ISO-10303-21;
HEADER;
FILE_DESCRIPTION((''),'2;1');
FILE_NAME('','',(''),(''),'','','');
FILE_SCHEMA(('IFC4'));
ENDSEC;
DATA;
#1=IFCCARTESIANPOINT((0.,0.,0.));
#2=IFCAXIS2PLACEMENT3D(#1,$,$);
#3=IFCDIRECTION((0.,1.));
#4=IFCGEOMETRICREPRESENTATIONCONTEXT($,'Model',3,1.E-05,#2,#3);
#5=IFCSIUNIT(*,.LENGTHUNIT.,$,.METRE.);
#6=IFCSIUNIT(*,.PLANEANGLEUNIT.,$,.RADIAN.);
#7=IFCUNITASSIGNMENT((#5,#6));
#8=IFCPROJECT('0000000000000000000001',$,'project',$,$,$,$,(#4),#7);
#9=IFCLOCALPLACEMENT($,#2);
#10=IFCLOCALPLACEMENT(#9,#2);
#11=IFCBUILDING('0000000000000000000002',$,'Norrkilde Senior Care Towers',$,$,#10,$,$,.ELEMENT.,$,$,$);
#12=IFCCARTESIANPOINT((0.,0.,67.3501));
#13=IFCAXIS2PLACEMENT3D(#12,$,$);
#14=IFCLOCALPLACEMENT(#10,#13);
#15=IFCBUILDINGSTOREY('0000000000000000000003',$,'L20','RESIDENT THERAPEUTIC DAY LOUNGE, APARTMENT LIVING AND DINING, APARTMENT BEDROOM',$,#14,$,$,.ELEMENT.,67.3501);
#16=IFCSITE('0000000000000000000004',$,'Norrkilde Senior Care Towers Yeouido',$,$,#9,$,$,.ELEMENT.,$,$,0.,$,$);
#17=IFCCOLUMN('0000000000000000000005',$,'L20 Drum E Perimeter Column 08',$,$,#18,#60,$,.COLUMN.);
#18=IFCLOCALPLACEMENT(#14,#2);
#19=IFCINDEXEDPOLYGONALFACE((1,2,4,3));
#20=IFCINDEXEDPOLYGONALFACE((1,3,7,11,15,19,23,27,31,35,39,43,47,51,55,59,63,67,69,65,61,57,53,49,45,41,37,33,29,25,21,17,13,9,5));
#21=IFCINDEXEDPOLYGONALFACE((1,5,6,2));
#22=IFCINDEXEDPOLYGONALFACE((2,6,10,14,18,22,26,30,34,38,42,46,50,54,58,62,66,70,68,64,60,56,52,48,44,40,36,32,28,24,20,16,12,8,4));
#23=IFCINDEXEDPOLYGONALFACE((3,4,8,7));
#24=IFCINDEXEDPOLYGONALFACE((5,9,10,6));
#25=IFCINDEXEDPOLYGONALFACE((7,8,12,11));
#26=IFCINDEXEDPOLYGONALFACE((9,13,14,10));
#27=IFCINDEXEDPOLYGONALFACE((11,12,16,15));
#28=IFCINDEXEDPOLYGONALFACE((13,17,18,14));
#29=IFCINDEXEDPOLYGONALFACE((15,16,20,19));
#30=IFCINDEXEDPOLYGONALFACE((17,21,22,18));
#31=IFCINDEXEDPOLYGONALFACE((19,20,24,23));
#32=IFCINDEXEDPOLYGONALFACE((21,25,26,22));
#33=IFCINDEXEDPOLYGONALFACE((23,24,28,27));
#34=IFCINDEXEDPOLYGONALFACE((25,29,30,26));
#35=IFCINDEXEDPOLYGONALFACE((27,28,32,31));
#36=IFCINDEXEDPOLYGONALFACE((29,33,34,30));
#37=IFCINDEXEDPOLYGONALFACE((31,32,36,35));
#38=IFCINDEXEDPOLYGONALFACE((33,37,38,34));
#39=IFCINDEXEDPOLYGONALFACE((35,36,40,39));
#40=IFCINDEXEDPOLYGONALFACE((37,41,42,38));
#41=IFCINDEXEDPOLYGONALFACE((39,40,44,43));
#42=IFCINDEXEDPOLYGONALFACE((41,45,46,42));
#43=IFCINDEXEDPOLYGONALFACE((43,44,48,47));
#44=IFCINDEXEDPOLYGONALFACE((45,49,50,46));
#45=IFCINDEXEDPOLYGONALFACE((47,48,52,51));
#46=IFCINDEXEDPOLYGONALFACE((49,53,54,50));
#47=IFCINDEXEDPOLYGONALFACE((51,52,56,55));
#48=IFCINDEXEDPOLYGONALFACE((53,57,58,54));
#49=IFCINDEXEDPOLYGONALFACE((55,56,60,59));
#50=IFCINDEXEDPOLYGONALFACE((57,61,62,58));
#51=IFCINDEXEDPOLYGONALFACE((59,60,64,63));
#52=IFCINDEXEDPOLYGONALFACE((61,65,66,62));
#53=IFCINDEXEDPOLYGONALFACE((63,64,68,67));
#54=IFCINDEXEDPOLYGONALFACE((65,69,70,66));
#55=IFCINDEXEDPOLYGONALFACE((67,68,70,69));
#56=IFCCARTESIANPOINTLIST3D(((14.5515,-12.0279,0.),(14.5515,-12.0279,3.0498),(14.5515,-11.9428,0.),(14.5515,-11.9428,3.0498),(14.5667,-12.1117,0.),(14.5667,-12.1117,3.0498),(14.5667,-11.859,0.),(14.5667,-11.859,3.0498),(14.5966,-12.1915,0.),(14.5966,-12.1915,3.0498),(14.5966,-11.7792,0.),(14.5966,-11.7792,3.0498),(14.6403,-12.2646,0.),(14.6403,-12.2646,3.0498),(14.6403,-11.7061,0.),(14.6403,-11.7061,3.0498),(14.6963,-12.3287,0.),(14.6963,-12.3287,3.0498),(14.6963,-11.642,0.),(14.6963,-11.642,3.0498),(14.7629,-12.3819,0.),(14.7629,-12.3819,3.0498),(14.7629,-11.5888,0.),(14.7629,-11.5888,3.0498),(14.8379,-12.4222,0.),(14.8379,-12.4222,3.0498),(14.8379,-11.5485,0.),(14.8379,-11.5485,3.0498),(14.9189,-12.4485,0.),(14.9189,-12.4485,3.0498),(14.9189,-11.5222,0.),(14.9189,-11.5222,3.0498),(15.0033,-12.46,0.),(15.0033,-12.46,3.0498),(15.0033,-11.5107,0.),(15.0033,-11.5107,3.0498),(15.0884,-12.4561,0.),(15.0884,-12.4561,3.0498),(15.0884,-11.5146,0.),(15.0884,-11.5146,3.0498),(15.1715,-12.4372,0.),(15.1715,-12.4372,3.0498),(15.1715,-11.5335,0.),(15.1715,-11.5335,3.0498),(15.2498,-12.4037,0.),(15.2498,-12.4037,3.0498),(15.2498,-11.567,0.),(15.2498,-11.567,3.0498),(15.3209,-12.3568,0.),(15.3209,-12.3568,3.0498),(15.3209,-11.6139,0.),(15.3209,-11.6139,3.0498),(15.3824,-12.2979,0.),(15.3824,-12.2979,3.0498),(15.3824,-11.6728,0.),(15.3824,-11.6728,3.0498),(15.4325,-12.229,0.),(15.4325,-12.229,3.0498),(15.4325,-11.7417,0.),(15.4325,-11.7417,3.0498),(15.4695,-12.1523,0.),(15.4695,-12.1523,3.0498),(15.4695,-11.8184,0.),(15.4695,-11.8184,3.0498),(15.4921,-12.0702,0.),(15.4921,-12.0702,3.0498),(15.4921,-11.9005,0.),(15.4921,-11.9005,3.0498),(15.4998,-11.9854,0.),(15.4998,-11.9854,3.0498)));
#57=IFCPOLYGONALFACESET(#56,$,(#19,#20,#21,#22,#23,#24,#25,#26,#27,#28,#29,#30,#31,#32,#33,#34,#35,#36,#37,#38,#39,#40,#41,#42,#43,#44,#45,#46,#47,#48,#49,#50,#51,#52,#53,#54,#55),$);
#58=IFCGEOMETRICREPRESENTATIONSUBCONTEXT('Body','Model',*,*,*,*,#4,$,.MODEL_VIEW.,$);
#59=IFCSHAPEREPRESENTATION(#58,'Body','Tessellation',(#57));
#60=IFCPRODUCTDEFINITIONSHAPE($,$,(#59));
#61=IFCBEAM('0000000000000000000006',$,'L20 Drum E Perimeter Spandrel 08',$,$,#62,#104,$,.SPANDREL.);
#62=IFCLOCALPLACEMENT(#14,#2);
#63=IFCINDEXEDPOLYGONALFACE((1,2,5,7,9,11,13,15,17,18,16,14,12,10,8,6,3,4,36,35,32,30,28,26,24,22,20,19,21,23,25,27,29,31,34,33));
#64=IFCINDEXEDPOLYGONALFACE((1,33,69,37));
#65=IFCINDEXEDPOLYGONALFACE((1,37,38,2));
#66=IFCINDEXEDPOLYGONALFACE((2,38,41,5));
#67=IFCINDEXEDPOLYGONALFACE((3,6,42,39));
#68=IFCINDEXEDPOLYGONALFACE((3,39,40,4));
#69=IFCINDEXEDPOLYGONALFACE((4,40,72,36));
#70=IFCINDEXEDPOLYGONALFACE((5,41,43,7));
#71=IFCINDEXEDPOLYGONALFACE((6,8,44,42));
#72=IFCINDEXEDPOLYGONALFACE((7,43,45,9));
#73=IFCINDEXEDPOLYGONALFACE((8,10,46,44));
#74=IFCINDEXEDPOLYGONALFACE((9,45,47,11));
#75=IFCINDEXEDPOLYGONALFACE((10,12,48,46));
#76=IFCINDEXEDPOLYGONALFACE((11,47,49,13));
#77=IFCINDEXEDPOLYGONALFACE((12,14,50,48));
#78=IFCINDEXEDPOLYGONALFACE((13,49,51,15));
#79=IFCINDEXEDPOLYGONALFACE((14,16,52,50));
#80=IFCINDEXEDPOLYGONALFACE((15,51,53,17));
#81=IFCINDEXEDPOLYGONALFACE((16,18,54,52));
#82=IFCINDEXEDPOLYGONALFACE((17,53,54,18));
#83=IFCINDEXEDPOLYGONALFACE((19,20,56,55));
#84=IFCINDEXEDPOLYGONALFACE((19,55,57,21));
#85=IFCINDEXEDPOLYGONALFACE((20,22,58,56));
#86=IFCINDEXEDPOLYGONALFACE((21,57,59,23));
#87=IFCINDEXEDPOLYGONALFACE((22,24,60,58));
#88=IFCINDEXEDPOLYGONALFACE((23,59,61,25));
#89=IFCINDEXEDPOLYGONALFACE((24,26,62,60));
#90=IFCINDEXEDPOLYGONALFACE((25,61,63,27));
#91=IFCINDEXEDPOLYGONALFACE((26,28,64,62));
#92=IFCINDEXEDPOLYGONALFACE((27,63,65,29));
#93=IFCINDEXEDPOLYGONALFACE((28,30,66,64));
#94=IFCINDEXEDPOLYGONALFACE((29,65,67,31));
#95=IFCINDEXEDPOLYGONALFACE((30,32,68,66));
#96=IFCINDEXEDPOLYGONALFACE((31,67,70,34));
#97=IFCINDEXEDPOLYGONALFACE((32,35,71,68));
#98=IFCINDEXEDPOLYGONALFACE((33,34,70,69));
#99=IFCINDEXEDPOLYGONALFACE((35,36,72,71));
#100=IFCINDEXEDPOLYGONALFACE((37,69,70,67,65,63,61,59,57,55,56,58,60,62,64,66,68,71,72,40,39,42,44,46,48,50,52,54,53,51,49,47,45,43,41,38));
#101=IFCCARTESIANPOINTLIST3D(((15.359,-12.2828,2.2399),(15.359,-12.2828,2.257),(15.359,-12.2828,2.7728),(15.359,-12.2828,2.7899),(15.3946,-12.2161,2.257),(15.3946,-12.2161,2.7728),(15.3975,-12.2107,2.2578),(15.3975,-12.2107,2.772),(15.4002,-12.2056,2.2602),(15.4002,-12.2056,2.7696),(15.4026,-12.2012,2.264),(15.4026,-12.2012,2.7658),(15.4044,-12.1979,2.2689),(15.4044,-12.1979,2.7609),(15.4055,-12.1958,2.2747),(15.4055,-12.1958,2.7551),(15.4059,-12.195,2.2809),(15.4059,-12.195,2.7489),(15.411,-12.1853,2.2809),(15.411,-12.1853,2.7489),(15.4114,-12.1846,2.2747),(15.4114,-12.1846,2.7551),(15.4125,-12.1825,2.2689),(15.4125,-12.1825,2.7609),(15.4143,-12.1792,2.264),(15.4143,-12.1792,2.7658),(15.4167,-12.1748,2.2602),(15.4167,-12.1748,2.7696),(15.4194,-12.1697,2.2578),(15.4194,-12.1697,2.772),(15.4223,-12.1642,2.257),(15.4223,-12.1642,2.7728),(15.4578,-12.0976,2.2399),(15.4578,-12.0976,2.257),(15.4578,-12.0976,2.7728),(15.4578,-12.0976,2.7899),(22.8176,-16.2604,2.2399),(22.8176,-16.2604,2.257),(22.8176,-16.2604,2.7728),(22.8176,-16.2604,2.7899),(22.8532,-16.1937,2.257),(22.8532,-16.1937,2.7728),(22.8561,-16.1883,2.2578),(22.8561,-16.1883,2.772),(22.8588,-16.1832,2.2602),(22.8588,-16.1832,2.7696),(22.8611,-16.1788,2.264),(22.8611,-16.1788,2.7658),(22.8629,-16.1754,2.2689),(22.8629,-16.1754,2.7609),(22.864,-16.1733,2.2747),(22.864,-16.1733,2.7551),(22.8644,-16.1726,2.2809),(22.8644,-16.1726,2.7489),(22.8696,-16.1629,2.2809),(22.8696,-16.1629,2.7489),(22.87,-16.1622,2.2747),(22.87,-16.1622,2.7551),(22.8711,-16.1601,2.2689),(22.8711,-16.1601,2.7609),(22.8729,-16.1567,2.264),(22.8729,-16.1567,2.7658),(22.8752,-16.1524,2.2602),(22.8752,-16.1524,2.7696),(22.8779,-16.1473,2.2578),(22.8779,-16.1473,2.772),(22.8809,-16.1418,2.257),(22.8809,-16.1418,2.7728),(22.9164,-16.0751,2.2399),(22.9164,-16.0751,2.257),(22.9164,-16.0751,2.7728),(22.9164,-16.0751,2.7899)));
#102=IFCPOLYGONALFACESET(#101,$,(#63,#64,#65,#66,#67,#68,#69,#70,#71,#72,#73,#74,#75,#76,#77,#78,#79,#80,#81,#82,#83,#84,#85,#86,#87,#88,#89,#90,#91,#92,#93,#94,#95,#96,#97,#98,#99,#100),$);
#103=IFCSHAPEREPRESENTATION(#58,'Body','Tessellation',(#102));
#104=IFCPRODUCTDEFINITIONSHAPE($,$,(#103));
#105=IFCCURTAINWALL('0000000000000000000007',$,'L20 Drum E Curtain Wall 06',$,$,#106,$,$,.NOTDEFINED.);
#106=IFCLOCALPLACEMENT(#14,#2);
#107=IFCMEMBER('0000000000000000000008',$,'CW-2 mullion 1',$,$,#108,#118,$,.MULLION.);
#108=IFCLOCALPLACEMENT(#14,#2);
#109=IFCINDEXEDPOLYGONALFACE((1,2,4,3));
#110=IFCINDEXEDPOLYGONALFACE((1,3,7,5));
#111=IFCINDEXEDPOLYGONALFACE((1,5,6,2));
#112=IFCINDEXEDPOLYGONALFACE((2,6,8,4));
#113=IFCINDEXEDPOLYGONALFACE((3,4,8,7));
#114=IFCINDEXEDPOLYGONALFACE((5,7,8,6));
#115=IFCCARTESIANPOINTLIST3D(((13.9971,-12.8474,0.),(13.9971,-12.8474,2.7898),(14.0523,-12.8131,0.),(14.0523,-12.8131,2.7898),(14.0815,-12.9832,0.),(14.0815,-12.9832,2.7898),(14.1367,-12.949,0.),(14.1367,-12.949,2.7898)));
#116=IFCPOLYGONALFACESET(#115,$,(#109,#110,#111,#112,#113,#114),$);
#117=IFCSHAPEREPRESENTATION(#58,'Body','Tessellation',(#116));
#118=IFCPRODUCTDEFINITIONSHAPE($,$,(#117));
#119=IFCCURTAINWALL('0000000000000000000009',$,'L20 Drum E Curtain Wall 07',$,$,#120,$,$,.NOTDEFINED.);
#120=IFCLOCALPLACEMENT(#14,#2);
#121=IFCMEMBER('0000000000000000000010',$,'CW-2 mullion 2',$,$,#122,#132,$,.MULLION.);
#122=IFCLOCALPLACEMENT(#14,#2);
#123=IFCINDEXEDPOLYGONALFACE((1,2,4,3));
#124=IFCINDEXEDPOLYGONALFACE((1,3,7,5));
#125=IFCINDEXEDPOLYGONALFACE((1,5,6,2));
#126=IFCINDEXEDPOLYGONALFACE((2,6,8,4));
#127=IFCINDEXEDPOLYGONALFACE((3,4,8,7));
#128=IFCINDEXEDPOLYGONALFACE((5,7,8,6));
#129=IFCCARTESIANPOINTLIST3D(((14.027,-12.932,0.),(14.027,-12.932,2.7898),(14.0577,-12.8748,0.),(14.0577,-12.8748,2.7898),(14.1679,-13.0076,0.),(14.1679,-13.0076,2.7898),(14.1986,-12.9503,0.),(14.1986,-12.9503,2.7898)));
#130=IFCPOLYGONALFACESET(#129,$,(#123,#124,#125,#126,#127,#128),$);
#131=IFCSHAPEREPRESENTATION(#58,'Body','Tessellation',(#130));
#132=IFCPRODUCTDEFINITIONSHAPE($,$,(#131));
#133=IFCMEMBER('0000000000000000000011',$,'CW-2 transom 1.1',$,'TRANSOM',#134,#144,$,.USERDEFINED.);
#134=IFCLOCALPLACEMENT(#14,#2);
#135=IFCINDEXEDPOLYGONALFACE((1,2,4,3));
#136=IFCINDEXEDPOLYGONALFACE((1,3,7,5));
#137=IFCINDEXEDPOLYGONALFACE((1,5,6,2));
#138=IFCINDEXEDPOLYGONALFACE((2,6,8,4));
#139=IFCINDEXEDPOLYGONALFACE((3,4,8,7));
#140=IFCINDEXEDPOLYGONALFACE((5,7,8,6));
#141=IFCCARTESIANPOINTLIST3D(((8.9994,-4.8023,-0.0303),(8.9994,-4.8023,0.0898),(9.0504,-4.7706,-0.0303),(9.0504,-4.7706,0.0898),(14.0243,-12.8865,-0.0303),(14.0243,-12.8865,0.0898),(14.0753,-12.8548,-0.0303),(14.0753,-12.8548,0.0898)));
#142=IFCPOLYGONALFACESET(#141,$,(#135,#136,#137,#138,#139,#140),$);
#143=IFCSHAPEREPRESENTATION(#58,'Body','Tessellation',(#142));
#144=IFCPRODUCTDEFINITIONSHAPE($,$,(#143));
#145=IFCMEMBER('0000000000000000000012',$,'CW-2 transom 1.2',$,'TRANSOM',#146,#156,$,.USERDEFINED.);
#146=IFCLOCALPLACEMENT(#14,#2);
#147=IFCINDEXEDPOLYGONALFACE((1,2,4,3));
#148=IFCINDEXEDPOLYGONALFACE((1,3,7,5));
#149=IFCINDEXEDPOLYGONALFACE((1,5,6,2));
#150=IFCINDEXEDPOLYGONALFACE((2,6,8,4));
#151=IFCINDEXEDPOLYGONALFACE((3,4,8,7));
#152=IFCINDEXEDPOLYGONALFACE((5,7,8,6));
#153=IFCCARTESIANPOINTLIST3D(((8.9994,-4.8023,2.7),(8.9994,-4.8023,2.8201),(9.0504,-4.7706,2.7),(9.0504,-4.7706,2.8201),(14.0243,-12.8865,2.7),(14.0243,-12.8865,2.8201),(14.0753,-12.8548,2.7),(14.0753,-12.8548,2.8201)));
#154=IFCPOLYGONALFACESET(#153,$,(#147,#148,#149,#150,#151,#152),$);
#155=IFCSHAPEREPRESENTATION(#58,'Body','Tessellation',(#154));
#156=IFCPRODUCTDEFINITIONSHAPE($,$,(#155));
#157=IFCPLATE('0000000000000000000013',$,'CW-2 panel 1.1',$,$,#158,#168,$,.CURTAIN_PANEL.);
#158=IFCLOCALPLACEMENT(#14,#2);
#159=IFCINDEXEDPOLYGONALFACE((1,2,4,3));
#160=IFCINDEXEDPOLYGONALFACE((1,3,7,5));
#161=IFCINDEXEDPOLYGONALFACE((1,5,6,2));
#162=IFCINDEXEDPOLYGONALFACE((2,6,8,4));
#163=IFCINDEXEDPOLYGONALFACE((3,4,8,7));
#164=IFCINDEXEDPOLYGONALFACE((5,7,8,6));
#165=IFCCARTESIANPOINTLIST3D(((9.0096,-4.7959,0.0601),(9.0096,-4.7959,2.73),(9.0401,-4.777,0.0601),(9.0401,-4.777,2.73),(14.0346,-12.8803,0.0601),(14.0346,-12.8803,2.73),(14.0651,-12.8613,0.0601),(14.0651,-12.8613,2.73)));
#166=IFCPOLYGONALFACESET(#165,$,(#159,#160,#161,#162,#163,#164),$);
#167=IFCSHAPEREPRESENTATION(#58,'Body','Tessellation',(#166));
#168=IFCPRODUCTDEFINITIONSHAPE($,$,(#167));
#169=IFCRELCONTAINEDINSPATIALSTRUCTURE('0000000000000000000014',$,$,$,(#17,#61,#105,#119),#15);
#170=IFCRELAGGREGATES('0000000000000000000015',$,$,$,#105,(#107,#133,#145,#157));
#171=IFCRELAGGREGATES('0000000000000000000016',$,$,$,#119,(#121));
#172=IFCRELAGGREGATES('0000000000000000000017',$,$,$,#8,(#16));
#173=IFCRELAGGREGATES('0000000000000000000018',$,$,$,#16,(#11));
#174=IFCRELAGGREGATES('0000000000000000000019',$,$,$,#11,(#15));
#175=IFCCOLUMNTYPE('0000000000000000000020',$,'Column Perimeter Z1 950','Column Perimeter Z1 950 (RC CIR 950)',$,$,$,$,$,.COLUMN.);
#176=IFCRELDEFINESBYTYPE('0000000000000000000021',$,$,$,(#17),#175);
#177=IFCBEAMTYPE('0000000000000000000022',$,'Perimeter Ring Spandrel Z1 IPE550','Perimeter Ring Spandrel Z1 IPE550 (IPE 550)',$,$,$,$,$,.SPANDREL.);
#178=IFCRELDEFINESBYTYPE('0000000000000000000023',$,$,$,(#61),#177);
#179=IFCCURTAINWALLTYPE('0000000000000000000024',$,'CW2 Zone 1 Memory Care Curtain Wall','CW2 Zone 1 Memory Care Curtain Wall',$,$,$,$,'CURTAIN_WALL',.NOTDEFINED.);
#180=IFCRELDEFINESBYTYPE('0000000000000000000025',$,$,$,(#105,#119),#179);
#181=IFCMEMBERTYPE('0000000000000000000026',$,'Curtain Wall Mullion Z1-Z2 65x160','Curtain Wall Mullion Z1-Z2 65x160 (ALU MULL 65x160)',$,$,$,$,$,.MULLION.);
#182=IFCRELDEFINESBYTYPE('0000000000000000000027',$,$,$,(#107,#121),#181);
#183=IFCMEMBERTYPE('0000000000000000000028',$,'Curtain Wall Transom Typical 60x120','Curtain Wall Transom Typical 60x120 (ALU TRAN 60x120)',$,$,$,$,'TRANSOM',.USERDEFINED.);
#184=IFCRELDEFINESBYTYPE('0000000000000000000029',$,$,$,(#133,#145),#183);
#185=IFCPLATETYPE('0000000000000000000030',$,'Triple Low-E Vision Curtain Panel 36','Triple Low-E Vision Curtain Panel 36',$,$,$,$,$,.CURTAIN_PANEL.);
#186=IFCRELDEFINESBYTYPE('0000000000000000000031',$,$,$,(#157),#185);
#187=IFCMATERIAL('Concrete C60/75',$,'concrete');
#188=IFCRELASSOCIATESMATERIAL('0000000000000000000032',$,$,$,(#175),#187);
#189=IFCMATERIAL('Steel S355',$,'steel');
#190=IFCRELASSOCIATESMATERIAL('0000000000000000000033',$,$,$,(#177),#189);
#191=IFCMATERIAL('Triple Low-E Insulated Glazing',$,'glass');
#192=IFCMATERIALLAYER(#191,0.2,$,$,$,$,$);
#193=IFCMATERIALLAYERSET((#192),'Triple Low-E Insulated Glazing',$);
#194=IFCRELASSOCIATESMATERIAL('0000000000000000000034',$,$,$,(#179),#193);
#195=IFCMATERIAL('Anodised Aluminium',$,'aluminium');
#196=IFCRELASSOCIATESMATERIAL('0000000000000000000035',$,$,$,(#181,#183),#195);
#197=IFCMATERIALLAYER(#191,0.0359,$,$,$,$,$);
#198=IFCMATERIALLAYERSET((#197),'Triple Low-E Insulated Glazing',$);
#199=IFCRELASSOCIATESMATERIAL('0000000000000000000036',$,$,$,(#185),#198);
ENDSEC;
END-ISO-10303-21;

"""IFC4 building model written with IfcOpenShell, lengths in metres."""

from ifc_helpers import new_model, si_unit, direction, frame, origin, origin_2d, place, context, subcontext, project, spatial, rectangle, circle, i_section, extrude, source, transform, mapped, material, layer, layer_set, material_profile, profile_set, type_object, type_shapes, element, aggregate, save


model = new_model("IFC4")

# Units and contexts
model_context = context("Model", 3, precision=1e-05, world=origin(), true_north=direction((0.0, 1.0)))
body_context = subcontext(model_context, "Body", "Model", "MODEL_VIEW")
ifc_project = project(units=[si_unit("LENGTHUNIT", "METRE"), si_unit("PLANEANGLEUNIT", "RADIAN")], contexts=[model_context])

# Site, building, storey
site_placement = place(None, origin())
site = spatial("IfcSite", under=ifc_project, at=site_placement, Name="Norrkilde Senior Care Towers Yeouido", CompositionType="ELEMENT", RefElevation=0.0)
building_placement = place(site_placement, origin())
building = spatial("IfcBuilding", under=site, at=building_placement, Name="Norrkilde Senior Care Towers", CompositionType="ELEMENT")
storey_placement = place(building_placement, frame((0.0, 0.0, 67.3501)))
storey = spatial("IfcBuildingStorey", under=building, at=storey_placement, Name="L20", Description="RESIDENT THERAPEUTIC DAY LOUNGE, APARTMENT LIVING AND DINING, APARTMENT BEDROOM", CompositionType="ELEMENT", Elevation=67.3501)

# Column
ifc_material_1 = material(Name="Concrete C60/75", Category="concrete")
ifc_material_profile_1 = material_profile(ifc_material_1, circle(Radius=0.4751, at=origin_2d()), Name="RC CIR 950")
ifc_profile_set_1 = profile_set([ifc_material_profile_1], Name="Concrete C60/75")
column_type = type_object("IfcColumnType", Name="Column Perimeter Z1 950", Description="Column Perimeter Z1 950 (RC CIR 950)", PredefinedType="COLUMN", material=ifc_profile_set_1)
shared_shape_1 = source(origin(), body_context, "Body", "SweptSolid", [
    extrude(circle(Radius=0.4751, at=origin_2d()), origin(), (0.0, 0.0, 1.0), 3.0498),
])
type_shapes(column_type, [shared_shape_1])
column_placement = place(storey_placement, frame((15.0247, -11.9854, 0.0), z_axis=(0.0, 0.0, 1.0), x_axis=(1.0, 0.0, 0.0)))
element("IfcColumn", 1, at=column_placement, inside=storey, type_object=column_type, Name="L20 Drum E Perimeter Column 08", PredefinedType="COLUMN", context=body_context, shape_type="MappedRepresentation", body=[
    mapped(shared_shape_1, transform((0.0, 0.0, 0.0), x_axis=(1.0, 0.0, 0.0), y_axis=(0.0, 1.0, 0.0), z_axis=(0.0, 0.0, 1.0), scale=1.0)),
])

# Beam
ifc_material_2 = material(Name="Steel S355", Category="steel")
ifc_material_profile_2 = material_profile(ifc_material_2, i_section(OverallWidth=0.21, OverallDepth=0.55, WebThickness=0.011, FlangeThickness=0.0171, FilletRadius=0.0239, at=origin_2d()), Name="IPE 550")
ifc_profile_set_2 = profile_set([ifc_material_profile_2], Name="Steel S355")
beam_type = type_object("IfcBeamType", Name="Perimeter Ring Spandrel Z1 IPE550", Description="Perimeter Ring Spandrel Z1 IPE550 (IPE 550)", PredefinedType="SPANDREL", material=ifc_profile_set_2)
shared_shape_2 = source(origin(), body_context, "Body", "SweptSolid", [
    extrude(i_section(OverallWidth=0.21, OverallDepth=0.55, WebThickness=0.011, FlangeThickness=0.0171, FilletRadius=0.0239, at=origin_2d()), origin(), (0.0, 0.0, 1.0), 8.4529),
])
type_shapes(beam_type, [shared_shape_2])
beam_placement = place(storey_placement, frame((15.4084, -12.1902, 2.5149), z_axis=(0.882369, -0.470558, 0.0), x_axis=(0.470558, 0.882369, 0.0)))
element("IfcBeam", 2, at=beam_placement, inside=storey, type_object=beam_type, Name="L20 Drum E Perimeter Spandrel 08", PredefinedType="SPANDREL", context=body_context, shape_type="MappedRepresentation", body=[
    mapped(shared_shape_2, transform((0.0, 0.0, 0.0), x_axis=(1.0, 0.0, 0.0), y_axis=(0.0, 1.0, 0.0), z_axis=(0.0, 0.0, 1.0), scale=1.0)),
])

# Curtain walls, members
ifc_material_3 = material(Name="Triple Low-E Insulated Glazing", Category="glass")
ifc_layer_1 = layer(ifc_material_3, 0.2)
ifc_layer_set_1 = layer_set([ifc_layer_1], Name="Triple Low-E Insulated Glazing")
curtain_wall_type = type_object("IfcCurtainWallType", Name="CW2 Zone 1 Memory Care Curtain Wall", Description="CW2 Zone 1 Memory Care Curtain Wall", ElementType="CURTAIN_WALL", PredefinedType="NOTDEFINED", material=ifc_layer_set_1)
curtain_wall_1_placement = place(storey_placement, origin())
curtain_wall_1 = element("IfcCurtainWall", 3, at=curtain_wall_1_placement, inside=storey, type_object=curtain_wall_type, Name="L20 Drum E Curtain Wall 06", PredefinedType="NOTDEFINED")
ifc_material_4 = material(Name="Anodised Aluminium", Category="aluminium")
ifc_material_profile_3 = material_profile(ifc_material_4, rectangle(XDim=0.0649, YDim=0.1599, at=origin_2d()), Name="ALU MULL 65x160")
ifc_profile_set_3 = profile_set([ifc_material_profile_3], Name="Anodised Aluminium")
member_type_1 = type_object("IfcMemberType", Name="Curtain Wall Mullion Z1-Z2 65x160", Description="Curtain Wall Mullion Z1-Z2 65x160 (ALU MULL 65x160)", PredefinedType="MULLION", material=ifc_profile_set_3)
shared_shape_3 = source(origin(), body_context, "Body", "SweptSolid", [
    extrude(rectangle(XDim=0.0649, YDim=0.1599, at=origin_2d()), origin(), (0.0, 0.0, 1.0), 2.7898),
])
type_shapes(member_type_1, [shared_shape_3])
member_1_placement = place(storey_placement, frame((14.0669, -12.8982, 0.0), z_axis=(0.0, 0.0, 1.0), x_axis=(-0.849306, -0.527901, 0.0)))
member_1 = element("IfcMember", 4, at=member_1_placement, type_object=member_type_1, Name="CW-2 mullion 1", PredefinedType="MULLION", context=body_context, shape_type="MappedRepresentation", body=[
    mapped(shared_shape_3, transform((0.0, 0.0, 0.0), x_axis=(1.0, 0.0, 0.0), y_axis=(0.0, 1.0, 0.0), z_axis=(0.0, 0.0, 1.0), scale=1.0)),
])
curtain_wall_2_placement = place(storey_placement, origin())
curtain_wall_2 = element("IfcCurtainWall", 5, at=curtain_wall_2_placement, inside=storey, type_object=curtain_wall_type, Name="L20 Drum E Curtain Wall 07", PredefinedType="NOTDEFINED")
member_2_placement = place(storey_placement, frame((14.1128, -12.9412, 0.0), z_axis=(0.0, 0.0, 1.0), x_axis=(-0.472608, -0.881273, 0.0)))
member_2 = element("IfcMember", 6, at=member_2_placement, type_object=member_type_1, Name="CW-2 mullion 2", PredefinedType="MULLION", context=body_context, shape_type="MappedRepresentation", body=[
    mapped(shared_shape_3, transform((0.0, 0.0, 0.0), x_axis=(1.0, 0.0, 0.0), y_axis=(0.0, 1.0, 0.0), z_axis=(0.0, 0.0, 1.0), scale=1.0)),
])

# Members
ifc_material_profile_4 = material_profile(ifc_material_4, rectangle(XDim=0.0601, YDim=0.1201, at=origin_2d()), Name="ALU TRAN 60x120")
ifc_profile_set_4 = profile_set([ifc_material_profile_4], Name="Anodised Aluminium")
member_type_2 = type_object("IfcMemberType", Name="Curtain Wall Transom Typical 60x120", Description="Curtain Wall Transom Typical 60x120 (ALU TRAN 60x120)", ElementType="TRANSOM", PredefinedType="USERDEFINED", material=ifc_profile_set_4)
shared_shape_4 = source(origin(), body_context, "Body", "SweptSolid", [
    extrude(rectangle(XDim=0.0601, YDim=0.1201, at=origin_2d()), origin(), (0.0, 0.0, 1.0), 9.5186),
])
type_shapes(member_type_2, [shared_shape_4])
member_3_placement = place(storey_placement, frame((14.0498, -12.8706, 0.0298), z_axis=(-0.527902, 0.849306, 0.0), x_axis=(-0.849306, -0.527902, 0.0)))
member_3 = element("IfcMember", 7, at=member_3_placement, type_object=member_type_2, Name="CW-2 transom 1.1", ObjectType="TRANSOM", PredefinedType="USERDEFINED", context=body_context, shape_type="MappedRepresentation", body=[
    mapped(shared_shape_4, transform((0.0, 0.0, 0.0), x_axis=(1.0, 0.0, 0.0), y_axis=(0.0, 1.0, 0.0), z_axis=(0.0, 0.0, 1.0), scale=1.0)),
])
member_4_placement = place(storey_placement, frame((14.0498, -12.8706, 2.76), z_axis=(-0.527902, 0.849306, 0.0), x_axis=(-0.849306, -0.527902, 0.0)))
member_4 = element("IfcMember", 8, at=member_4_placement, type_object=member_type_2, Name="CW-2 transom 1.2", ObjectType="TRANSOM", PredefinedType="USERDEFINED", context=body_context, shape_type="MappedRepresentation", body=[
    mapped(shared_shape_4, transform((0.0, 0.0, 0.0), x_axis=(1.0, 0.0, 0.0), y_axis=(0.0, 1.0, 0.0), z_axis=(0.0, 0.0, 1.0), scale=1.0)),
])

# Plate
ifc_layer_2 = layer(ifc_material_3, 0.0359)
ifc_layer_set_2 = layer_set([ifc_layer_2], Name="Triple Low-E Insulated Glazing")
plate_type = type_object("IfcPlateType", Name="Triple Low-E Vision Curtain Panel 36", Description="Triple Low-E Vision Curtain Panel 36", PredefinedType="CURTAIN_PANEL", material=ifc_layer_set_2)
shared_shape_5 = source(origin(), body_context, "Body", "SweptSolid", [
    extrude(rectangle(XDim=9.5188, YDim=0.0359, at=origin_2d()), origin(), (0.0, 0.0, 1.0), 2.6699),
])
plate_1_placement = place(storey_placement, frame((11.5374, -8.8286, 0.0601), z_axis=(0.0, 0.0, 1.0), x_axis=(-0.527901, 0.849306, 0.0)))
plate_1 = element("IfcPlate", 9, at=plate_1_placement, type_object=plate_type, Name="CW-2 panel 1.1", PredefinedType="CURTAIN_PANEL", context=body_context, shape_type="MappedRepresentation", body=[
    mapped(shared_shape_5, transform((0.0, 0.0, 0.0), x_axis=(1.0, 0.0, 0.0), y_axis=(0.0, 1.0, 0.0), z_axis=(0.0, 0.0, 1.0), scale=1.0)),
])
aggregate(curtain_wall_1, [member_1, member_3, member_4, plate_1])
aggregate(curtain_wall_2, [member_2])

save(model, "model.ifc")
